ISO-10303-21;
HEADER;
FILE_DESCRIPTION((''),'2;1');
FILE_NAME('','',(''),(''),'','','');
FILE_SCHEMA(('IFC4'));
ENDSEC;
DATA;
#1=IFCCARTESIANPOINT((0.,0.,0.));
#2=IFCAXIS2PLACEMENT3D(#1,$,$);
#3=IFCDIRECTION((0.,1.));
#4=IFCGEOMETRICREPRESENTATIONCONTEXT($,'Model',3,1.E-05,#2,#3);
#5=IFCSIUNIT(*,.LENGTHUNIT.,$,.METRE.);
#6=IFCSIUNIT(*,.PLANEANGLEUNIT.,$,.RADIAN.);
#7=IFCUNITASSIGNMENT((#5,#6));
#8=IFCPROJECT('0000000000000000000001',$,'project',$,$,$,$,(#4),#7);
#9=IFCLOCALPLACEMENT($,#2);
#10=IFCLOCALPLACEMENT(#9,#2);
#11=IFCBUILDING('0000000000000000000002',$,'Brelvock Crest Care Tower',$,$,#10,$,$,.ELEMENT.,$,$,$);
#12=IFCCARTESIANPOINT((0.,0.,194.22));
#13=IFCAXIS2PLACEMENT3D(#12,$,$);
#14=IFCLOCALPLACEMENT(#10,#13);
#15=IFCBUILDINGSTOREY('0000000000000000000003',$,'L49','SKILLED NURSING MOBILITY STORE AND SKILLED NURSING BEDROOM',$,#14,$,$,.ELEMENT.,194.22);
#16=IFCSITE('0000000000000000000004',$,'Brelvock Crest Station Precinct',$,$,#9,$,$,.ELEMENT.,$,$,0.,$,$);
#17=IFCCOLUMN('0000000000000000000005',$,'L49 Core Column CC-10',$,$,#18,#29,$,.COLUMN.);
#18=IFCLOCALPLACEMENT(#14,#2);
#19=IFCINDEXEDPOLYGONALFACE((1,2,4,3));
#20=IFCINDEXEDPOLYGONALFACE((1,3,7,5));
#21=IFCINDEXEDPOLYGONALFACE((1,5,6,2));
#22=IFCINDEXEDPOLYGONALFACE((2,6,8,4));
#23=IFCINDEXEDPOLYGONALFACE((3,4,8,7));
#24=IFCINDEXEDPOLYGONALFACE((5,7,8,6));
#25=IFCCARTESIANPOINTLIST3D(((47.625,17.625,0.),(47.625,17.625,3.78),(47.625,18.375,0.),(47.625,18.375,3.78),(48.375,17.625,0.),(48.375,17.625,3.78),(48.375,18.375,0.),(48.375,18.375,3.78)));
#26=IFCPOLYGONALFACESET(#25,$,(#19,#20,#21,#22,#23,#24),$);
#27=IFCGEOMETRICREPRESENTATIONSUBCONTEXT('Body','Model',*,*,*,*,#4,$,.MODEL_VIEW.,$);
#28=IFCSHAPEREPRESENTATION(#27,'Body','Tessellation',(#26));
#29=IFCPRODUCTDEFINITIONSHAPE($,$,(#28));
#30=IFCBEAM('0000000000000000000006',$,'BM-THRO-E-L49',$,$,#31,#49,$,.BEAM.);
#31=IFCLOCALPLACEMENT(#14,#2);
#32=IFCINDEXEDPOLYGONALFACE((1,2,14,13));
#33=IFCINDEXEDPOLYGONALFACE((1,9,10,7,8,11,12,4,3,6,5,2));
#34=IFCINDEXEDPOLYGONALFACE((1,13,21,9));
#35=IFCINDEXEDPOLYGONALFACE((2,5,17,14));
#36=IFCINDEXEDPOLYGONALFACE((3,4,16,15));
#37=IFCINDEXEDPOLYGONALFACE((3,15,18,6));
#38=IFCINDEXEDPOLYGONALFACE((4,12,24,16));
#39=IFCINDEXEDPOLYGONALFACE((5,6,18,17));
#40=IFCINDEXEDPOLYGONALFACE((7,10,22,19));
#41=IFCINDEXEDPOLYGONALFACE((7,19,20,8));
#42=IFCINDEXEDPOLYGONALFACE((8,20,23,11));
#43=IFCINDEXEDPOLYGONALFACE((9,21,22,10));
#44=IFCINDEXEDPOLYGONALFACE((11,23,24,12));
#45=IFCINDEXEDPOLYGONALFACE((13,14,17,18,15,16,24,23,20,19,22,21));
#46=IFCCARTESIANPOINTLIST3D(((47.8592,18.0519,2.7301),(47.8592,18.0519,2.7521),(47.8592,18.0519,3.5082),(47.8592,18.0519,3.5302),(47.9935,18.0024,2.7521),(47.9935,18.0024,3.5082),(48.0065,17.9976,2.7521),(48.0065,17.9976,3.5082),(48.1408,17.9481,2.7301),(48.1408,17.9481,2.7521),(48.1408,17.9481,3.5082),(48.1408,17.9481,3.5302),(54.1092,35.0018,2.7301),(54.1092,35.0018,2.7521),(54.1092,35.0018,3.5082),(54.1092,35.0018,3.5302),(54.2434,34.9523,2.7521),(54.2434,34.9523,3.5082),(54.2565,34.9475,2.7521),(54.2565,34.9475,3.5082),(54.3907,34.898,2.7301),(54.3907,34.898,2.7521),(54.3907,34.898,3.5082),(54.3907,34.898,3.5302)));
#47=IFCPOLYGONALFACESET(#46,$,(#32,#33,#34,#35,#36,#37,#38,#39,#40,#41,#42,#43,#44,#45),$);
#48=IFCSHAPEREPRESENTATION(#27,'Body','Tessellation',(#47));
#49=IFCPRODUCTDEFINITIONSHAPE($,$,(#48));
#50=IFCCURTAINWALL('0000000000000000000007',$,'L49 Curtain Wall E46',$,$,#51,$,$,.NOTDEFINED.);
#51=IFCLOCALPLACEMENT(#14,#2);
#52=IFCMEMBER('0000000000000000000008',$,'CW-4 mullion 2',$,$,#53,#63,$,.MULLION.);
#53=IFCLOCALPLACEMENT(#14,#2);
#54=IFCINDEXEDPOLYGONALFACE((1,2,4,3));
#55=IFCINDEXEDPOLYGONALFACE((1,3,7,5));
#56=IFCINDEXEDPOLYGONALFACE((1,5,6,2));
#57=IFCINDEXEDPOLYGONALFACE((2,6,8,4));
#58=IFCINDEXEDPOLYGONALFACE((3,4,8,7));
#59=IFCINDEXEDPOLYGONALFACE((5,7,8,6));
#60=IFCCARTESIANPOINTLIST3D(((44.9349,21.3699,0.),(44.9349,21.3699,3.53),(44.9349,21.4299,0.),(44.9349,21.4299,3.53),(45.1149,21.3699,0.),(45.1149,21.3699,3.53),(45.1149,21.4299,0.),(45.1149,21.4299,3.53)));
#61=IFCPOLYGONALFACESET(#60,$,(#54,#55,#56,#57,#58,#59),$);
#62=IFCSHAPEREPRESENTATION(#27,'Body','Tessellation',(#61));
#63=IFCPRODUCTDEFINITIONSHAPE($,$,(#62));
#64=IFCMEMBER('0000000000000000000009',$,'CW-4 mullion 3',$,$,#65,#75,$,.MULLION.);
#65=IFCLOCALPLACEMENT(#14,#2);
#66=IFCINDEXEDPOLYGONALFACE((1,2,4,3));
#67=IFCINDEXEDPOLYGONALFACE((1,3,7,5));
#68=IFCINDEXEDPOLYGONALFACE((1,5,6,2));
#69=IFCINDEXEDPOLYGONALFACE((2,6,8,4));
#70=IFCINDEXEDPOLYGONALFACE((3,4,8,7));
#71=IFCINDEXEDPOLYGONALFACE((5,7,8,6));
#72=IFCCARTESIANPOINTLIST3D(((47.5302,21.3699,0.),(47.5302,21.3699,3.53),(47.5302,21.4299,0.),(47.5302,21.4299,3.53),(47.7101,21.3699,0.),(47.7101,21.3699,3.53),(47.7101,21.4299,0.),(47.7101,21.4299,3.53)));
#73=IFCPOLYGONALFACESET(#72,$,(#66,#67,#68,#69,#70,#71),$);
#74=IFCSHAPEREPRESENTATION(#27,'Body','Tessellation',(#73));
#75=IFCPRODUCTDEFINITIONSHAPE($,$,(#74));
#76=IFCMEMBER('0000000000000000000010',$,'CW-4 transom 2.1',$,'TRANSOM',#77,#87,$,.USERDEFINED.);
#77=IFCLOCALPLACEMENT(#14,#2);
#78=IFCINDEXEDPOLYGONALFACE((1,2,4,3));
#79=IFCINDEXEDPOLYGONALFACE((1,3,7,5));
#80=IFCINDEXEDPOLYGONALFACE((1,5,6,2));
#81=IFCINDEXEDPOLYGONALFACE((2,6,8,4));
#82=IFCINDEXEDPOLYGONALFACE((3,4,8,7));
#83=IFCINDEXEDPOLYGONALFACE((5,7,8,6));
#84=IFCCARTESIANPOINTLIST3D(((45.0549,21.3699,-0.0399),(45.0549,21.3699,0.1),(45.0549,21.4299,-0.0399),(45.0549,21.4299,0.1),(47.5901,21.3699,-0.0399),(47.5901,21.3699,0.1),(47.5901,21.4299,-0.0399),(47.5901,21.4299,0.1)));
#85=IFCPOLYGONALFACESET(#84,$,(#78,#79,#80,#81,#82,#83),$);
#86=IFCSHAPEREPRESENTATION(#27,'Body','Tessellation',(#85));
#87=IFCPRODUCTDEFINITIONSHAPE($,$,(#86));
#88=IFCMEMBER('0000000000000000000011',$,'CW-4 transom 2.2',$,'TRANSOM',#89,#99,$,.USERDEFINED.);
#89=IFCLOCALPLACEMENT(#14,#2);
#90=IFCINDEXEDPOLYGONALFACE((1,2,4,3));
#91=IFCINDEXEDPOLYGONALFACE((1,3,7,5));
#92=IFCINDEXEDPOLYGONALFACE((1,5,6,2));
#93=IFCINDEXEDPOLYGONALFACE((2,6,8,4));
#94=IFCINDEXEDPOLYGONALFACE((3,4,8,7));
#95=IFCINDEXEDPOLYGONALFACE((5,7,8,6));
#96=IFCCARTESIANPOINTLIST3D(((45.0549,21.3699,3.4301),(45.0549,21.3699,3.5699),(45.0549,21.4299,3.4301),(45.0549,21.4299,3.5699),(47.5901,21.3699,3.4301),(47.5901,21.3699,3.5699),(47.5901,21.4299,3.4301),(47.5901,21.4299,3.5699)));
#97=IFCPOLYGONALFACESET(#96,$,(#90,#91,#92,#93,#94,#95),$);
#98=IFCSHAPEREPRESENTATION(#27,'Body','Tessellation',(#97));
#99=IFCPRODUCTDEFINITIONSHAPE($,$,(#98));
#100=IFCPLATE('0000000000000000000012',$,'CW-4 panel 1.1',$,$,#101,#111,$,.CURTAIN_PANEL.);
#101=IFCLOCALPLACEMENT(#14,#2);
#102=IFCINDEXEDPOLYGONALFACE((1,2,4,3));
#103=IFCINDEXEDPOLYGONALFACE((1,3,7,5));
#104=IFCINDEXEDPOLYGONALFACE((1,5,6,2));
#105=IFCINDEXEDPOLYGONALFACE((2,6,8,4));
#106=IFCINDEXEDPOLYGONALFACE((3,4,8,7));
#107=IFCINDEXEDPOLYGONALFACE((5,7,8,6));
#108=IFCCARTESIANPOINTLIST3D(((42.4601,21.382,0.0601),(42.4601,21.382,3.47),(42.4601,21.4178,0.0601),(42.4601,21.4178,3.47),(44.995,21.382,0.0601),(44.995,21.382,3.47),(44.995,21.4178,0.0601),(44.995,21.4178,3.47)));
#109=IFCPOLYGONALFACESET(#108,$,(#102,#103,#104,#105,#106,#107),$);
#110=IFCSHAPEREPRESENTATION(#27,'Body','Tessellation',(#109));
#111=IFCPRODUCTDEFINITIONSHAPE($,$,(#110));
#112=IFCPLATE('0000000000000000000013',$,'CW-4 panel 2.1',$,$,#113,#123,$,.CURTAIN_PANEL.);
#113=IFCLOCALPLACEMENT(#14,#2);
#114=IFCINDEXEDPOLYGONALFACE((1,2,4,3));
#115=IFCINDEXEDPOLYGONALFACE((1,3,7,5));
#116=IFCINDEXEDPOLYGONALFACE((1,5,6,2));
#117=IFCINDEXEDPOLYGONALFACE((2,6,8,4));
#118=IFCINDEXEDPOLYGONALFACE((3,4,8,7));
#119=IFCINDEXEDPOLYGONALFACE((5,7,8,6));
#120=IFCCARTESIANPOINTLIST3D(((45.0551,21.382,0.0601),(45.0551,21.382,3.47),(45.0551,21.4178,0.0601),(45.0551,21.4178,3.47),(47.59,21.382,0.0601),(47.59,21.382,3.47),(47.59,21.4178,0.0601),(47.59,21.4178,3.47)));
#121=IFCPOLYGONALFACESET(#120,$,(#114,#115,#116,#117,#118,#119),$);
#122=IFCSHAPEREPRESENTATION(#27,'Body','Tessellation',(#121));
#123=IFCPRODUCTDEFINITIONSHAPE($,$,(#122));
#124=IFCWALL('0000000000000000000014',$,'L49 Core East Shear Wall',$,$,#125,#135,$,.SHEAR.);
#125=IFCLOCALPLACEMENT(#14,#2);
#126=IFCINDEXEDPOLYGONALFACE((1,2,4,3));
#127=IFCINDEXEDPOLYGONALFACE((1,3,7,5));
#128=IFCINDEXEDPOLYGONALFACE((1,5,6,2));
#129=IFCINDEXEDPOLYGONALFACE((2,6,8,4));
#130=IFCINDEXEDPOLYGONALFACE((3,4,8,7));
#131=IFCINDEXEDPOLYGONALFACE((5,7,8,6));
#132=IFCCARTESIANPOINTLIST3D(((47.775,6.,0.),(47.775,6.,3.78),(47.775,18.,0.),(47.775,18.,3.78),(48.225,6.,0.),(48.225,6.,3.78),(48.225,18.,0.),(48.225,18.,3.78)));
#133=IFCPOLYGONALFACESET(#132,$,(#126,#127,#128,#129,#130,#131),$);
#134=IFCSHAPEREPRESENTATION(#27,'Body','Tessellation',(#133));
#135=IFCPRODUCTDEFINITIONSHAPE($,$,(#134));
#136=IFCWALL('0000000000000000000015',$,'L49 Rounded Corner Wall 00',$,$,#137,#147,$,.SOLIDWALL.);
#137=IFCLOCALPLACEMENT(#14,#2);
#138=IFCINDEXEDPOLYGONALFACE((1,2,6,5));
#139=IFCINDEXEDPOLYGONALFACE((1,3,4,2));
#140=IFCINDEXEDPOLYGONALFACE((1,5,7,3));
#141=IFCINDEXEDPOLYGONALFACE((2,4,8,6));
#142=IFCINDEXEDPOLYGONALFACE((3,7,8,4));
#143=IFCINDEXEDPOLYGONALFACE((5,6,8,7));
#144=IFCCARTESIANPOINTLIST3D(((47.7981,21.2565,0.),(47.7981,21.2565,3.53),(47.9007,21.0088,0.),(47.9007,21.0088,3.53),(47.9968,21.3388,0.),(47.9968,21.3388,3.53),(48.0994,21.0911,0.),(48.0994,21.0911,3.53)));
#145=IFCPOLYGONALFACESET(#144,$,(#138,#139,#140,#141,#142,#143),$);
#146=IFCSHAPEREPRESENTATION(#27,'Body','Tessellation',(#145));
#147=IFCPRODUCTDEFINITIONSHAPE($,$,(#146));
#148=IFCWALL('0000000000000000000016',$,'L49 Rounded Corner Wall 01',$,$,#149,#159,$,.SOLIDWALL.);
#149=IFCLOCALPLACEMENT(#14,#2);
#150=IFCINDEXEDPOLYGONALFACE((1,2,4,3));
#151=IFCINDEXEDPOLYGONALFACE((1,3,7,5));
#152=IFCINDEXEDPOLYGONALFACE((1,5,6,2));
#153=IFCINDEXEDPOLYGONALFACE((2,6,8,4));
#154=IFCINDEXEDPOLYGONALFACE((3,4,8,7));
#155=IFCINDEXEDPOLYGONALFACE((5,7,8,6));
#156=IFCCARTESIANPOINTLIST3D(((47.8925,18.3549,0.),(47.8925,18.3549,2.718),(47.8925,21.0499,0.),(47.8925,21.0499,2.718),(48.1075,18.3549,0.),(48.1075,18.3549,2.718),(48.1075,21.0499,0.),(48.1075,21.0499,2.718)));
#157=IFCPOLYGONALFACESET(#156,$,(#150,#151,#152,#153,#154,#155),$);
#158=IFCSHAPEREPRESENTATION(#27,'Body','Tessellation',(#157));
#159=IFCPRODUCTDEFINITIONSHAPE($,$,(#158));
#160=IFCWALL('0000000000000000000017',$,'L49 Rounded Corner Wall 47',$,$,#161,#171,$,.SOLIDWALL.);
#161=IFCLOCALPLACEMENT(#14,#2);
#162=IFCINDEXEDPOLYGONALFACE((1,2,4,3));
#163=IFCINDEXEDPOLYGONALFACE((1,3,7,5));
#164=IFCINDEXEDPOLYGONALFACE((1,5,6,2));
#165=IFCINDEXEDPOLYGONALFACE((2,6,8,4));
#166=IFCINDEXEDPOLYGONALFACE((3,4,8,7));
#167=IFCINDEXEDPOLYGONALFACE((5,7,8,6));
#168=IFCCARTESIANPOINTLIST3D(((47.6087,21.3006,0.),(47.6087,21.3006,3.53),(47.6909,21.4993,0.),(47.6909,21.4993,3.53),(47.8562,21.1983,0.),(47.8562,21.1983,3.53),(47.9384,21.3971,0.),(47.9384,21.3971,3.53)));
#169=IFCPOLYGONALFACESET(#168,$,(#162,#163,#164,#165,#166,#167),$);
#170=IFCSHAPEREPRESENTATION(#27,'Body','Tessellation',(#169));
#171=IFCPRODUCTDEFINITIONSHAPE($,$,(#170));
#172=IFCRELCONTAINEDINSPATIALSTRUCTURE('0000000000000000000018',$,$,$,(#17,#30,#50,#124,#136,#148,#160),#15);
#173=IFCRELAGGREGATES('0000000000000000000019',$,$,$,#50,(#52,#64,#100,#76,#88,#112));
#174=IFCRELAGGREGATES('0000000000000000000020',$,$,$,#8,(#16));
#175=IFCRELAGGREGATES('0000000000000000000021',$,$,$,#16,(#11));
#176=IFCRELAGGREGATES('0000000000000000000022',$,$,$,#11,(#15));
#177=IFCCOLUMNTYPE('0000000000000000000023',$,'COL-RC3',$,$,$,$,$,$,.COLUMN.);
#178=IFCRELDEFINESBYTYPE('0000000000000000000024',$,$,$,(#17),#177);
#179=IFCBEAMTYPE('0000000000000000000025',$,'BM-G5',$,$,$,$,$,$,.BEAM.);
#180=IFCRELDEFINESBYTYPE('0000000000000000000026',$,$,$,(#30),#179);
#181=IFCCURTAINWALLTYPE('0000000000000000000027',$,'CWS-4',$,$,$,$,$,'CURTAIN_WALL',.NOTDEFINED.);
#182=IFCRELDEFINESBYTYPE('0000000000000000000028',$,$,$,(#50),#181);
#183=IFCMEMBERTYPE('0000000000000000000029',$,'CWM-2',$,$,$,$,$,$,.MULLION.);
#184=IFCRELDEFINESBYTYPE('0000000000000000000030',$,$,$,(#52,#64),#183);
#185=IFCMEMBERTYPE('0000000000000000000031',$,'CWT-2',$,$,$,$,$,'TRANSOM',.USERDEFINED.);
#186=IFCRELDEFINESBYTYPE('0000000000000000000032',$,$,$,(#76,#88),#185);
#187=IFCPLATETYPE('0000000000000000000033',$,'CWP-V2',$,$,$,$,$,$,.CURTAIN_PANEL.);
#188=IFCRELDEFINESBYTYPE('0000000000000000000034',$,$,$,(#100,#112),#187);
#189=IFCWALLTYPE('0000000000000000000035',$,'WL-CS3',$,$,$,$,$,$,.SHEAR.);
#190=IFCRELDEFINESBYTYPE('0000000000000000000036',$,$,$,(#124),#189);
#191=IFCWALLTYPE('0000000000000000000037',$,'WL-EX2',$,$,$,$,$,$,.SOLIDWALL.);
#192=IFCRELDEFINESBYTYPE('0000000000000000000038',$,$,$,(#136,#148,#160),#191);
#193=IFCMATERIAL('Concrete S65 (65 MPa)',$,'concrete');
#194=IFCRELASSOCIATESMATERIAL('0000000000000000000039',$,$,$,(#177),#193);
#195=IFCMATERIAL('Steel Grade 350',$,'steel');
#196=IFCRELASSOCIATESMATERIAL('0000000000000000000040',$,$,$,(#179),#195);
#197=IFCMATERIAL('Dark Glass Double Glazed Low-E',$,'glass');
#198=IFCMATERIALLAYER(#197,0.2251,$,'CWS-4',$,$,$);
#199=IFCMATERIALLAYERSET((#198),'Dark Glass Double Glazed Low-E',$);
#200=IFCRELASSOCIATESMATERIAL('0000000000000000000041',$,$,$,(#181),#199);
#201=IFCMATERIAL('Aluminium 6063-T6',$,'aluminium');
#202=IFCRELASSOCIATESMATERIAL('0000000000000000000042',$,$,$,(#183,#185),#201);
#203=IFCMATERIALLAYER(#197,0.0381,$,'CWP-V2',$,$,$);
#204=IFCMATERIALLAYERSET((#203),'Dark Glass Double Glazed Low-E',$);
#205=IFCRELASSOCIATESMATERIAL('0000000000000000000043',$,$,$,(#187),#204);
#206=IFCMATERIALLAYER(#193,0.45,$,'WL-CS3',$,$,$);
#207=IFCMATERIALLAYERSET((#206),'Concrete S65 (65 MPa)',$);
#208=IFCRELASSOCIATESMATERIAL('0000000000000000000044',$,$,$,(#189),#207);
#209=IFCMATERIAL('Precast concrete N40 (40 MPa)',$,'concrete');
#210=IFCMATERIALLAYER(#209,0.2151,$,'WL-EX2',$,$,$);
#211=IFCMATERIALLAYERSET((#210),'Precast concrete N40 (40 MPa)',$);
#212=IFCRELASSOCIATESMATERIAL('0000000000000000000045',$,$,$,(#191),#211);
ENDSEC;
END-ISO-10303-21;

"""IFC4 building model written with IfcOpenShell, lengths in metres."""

from ifc_helpers import new_model, si_unit, direction, frame, frame_2d, origin, origin_2d, place, context, subcontext, project, spatial, rectangle, i_section, extrude, source, transform, mapped, material, layer, layer_set, material_profile, profile_set, type_object, element, aggregate, save


model = new_model("IFC4")

# Units and contexts
model_context = context("Model", 3, precision=1e-05, world=origin(), true_north=direction((0.0, 1.0)))
body_context = subcontext(model_context, "Body", "Model", "MODEL_VIEW")
ifc_project = project(units=[si_unit("LENGTHUNIT", "METRE"), si_unit("PLANEANGLEUNIT", "RADIAN")], contexts=[model_context])

# Site, building, storey
site_placement = place(None, origin())
site = spatial("IfcSite", under=ifc_project, at=site_placement, Name="Brelvock Crest Station Precinct", CompositionType="ELEMENT", RefElevation=0.0)
building_placement = place(site_placement, origin())
building = spatial("IfcBuilding", under=site, at=building_placement, Name="Brelvock Crest Care Tower", CompositionType="ELEMENT")
storey_placement = place(building_placement, frame((0.0, 0.0, 194.22)))
storey = spatial("IfcBuildingStorey", under=building, at=storey_placement, Name="L49", Description="SKILLED NURSING MOBILITY STORE AND SKILLED NURSING BEDROOM", CompositionType="ELEMENT", Elevation=194.22)

# Column
ifc_material_1 = material(Name="Concrete S65 (65 MPa)", Category="concrete")
ifc_material_profile_1 = material_profile(ifc_material_1, rectangle(XDim=0.75, YDim=0.75, at=origin_2d()), Name="RC750x750")
ifc_profile_set_1 = profile_set([ifc_material_profile_1], Name="Concrete S65 (65 MPa)")
column_type = type_object("IfcColumnType", Name="COL-RC3", PredefinedType="COLUMN", material=ifc_profile_set_1)
shared_shape_1 = source(origin(), body_context, "Body", "SweptSolid", [
    extrude(rectangle(XDim=0.75, YDim=0.75, at=origin_2d()), origin(), (0.0, 0.0, 1.0), 3.78),
])
column_placement = place(storey_placement, frame((48.0, 18.0, 0.0), z_axis=(0.0, 0.0, 1.0), x_axis=(1.0, 0.0, 0.0)))
element("IfcColumn", 1, at=column_placement, inside=storey, type_object=column_type, Name="L49 Core Column CC-10", PredefinedType="COLUMN", context=body_context, shape_type="MappedRepresentation", body=[
    mapped(shared_shape_1, transform((0.0, 0.0, 0.0), x_axis=(1.0, 0.0, 0.0), y_axis=(0.0, 1.0, 0.0), z_axis=(0.0, 0.0, 1.0), scale=1.0)),
])

# Beam
ifc_material_2 = material(Name="Steel Grade 350", Category="steel")
ifc_material_profile_2 = material_profile(ifc_material_2, i_section(OverallWidth=0.3, OverallDepth=0.8, WebThickness=0.0139, FlangeThickness=0.022, at=origin_2d()), Name="800WB192")
ifc_profile_set_2 = profile_set([ifc_material_profile_2], Name="Steel Grade 350")
beam_type = type_object("IfcBeamType", Name="BM-G5", PredefinedType="BEAM", material=ifc_profile_set_2)
shared_shape_2 = source(origin(), body_context, "Body", "SweptSolid", [
    extrude(i_section(OverallWidth=0.3, OverallDepth=0.8, WebThickness=0.0139, FlangeThickness=0.022, at=origin_2d()), origin(), (0.0, 0.0, 1.0), 18.0654),
])
beam_placement = place(storey_placement, frame((48.0, 18.0, 3.1301), z_axis=(0.345963, 0.938248, 0.0), x_axis=(-0.938248, 0.345963, 0.0)))
element("IfcBeam", 2, at=beam_placement, inside=storey, type_object=beam_type, Name="BM-THRO-E-L49", PredefinedType="BEAM", context=body_context, shape_type="MappedRepresentation", body=[
    mapped(shared_shape_2, transform((0.0, 0.0, 0.0), x_axis=(1.0, 0.0, 0.0), y_axis=(0.0, 1.0, 0.0), z_axis=(0.0, 0.0, 1.0), scale=1.0)),
])

# Curtain wall, members, plates
ifc_material_3 = material(Name="Dark Glass Double Glazed Low-E", Category="glass")
ifc_layer_1 = layer(ifc_material_3, 0.2251, Name="CWS-4")
ifc_layer_set_1 = layer_set([ifc_layer_1], Name="Dark Glass Double Glazed Low-E")
curtain_wall_type = type_object("IfcCurtainWallType", Name="CWS-4", ElementType="CURTAIN_WALL", PredefinedType="NOTDEFINED", material=ifc_layer_set_1)
curtain_wall_placement = place(storey_placement, origin())
curtain_wall = element("IfcCurtainWall", 3, at=curtain_wall_placement, inside=storey, type_object=curtain_wall_type, Name="L49 Curtain Wall E46", PredefinedType="NOTDEFINED")
ifc_material_4 = material(Name="Aluminium 6063-T6", Category="aluminium")
ifc_material_profile_3 = material_profile(ifc_material_4, rectangle(XDim=0.0601, YDim=0.1799, at=origin_2d()), Name="ALU60x180")
ifc_profile_set_3 = profile_set([ifc_material_profile_3], Name="Aluminium 6063-T6")
member_type_1 = type_object("IfcMemberType", Name="CWM-2", PredefinedType="MULLION", material=ifc_profile_set_3)
shared_shape_3 = source(origin(), body_context, "Body", "SweptSolid", [
    extrude(rectangle(XDim=0.0601, YDim=0.1799, at=origin_2d()), origin(), (0.0, 0.0, 1.0), 3.53),
])
member_1_placement = place(storey_placement, frame((45.0249, 21.3999, 0.0), z_axis=(0.0, 0.0, 1.0), x_axis=(0.0, 1.0, 0.0)))
member_1 = element("IfcMember", 4, at=member_1_placement, type_object=member_type_1, Name="CW-4 mullion 2", PredefinedType="MULLION", context=body_context, shape_type="MappedRepresentation", body=[
    mapped(shared_shape_3, transform((0.0, 0.0, 0.0), x_axis=(1.0, 0.0, 0.0), y_axis=(0.0, 1.0, 0.0), z_axis=(0.0, 0.0, 1.0), scale=1.0)),
])
member_2_placement = place(storey_placement, frame((47.6201, 21.3999, 0.0), z_axis=(0.0, 0.0, 1.0), x_axis=(0.0, 1.0, 0.0)))
member_2 = element("IfcMember", 5, at=member_2_placement, type_object=member_type_1, Name="CW-4 mullion 3", PredefinedType="MULLION", context=body_context, shape_type="MappedRepresentation", body=[
    mapped(shared_shape_3, transform((0.0, 0.0, 0.0), x_axis=(1.0, 0.0, 0.0), y_axis=(0.0, 1.0, 0.0), z_axis=(0.0, 0.0, 1.0), scale=1.0)),
])
ifc_material_profile_4 = material_profile(ifc_material_4, rectangle(XDim=0.0601, YDim=0.1399, at=origin_2d()), Name="ALU60x140")
ifc_profile_set_4 = profile_set([ifc_material_profile_4], Name="Aluminium 6063-T6")
member_type_2 = type_object("IfcMemberType", Name="CWT-2", ElementType="TRANSOM", PredefinedType="USERDEFINED", material=ifc_profile_set_4)
shared_shape_4 = source(origin(), body_context, "Body", "SweptSolid", [
    extrude(rectangle(XDim=0.0601, YDim=0.1399, at=origin_2d()), origin(), (0.0, 0.0, 1.0), 2.5352),
])
member_3_placement = place(storey_placement, frame((45.0549, 21.3999, 0.03), z_axis=(1.0, 0.0, 0.0), x_axis=(0.0, 1.0, 0.0)))
member_3 = element("IfcMember", 6, at=member_3_placement, type_object=member_type_2, Name="CW-4 transom 2.1", ObjectType="TRANSOM", PredefinedType="USERDEFINED", context=body_context, shape_type="MappedRepresentation", body=[
    mapped(shared_shape_4, transform((0.0, 0.0, 0.0), x_axis=(1.0, 0.0, 0.0), y_axis=(0.0, 1.0, 0.0), z_axis=(0.0, 0.0, 1.0), scale=1.0)),
])
member_4_placement = place(storey_placement, frame((45.0549, 21.3999, 3.5), z_axis=(1.0, 0.0, 0.0), x_axis=(0.0, 1.0, 0.0)))
member_4 = element("IfcMember", 7, at=member_4_placement, type_object=member_type_2, Name="CW-4 transom 2.2", ObjectType="TRANSOM", PredefinedType="USERDEFINED", context=body_context, shape_type="MappedRepresentation", body=[
    mapped(shared_shape_4, transform((0.0, 0.0, 0.0), x_axis=(1.0, 0.0, 0.0), y_axis=(0.0, 1.0, 0.0), z_axis=(0.0, 0.0, 1.0), scale=1.0)),
])
ifc_layer_2 = layer(ifc_material_3, 0.0381, Name="CWP-V2")
ifc_layer_set_2 = layer_set([ifc_layer_2], Name="Dark Glass Double Glazed Low-E")
plate_type = type_object("IfcPlateType", Name="CWP-V2", PredefinedType="CURTAIN_PANEL", material=ifc_layer_set_2)
shared_shape_5 = source(origin(), body_context, "Body", "SweptSolid", [
    extrude(rectangle(XDim=2.5349, YDim=0.0359, at=origin_2d()), origin(), (0.0, 0.0, 1.0), 3.4099),
])
plate_1_placement = place(storey_placement, frame((43.7275, 21.3999, 0.0601), z_axis=(0.0, 0.0, 1.0), x_axis=(1.0, 0.0, 0.0)))
plate_1 = element("IfcPlate", 8, at=plate_1_placement, type_object=plate_type, Name="CW-4 panel 1.1", PredefinedType="CURTAIN_PANEL", context=body_context, shape_type="MappedRepresentation", body=[
    mapped(shared_shape_5, transform((0.0, 0.0, 0.0), x_axis=(1.0, 0.0, 0.0), y_axis=(0.0, 1.0, 0.0), z_axis=(0.0, 0.0, 1.0), scale=1.0)),
])
plate_2_placement = place(storey_placement, frame((46.3225, 21.3999, 0.0601), z_axis=(0.0, 0.0, 1.0), x_axis=(1.0, 0.0, 0.0)))
plate_2 = element("IfcPlate", 9, at=plate_2_placement, type_object=plate_type, Name="CW-4 panel 2.1", PredefinedType="CURTAIN_PANEL", context=body_context, shape_type="MappedRepresentation", body=[
    mapped(shared_shape_5, transform((0.0, 0.0, 0.0), x_axis=(1.0, 0.0, 0.0), y_axis=(0.0, 1.0, 0.0), z_axis=(0.0, 0.0, 1.0), scale=1.0)),
])
aggregate(curtain_wall, [member_1, member_2, plate_1, member_3, member_4, plate_2])

# Walls
ifc_layer_3 = layer(ifc_material_1, 0.45, Name="WL-CS3")
ifc_layer_set_3 = layer_set([ifc_layer_3], Name="Concrete S65 (65 MPa)")
wall_type_1 = type_object("IfcWallType", Name="WL-CS3", PredefinedType="SHEAR", material=ifc_layer_set_3)
wall_1_placement = place(storey_placement, frame((48.0, 18.0, 0.0), z_axis=(0.0, 0.0, 1.0), x_axis=(0.0, -1.0, 0.0)))
element("IfcWall", 10, at=wall_1_placement, inside=storey, type_object=wall_type_1, Name="L49 Core East Shear Wall", PredefinedType="SHEAR", context=body_context, shape_type="SweptSolid", body=[
    extrude(rectangle(XDim=12.0, YDim=0.45, at=frame_2d((6.0, 0.0))), origin(), (0.0, 0.0, 1.0), 3.78),
])
ifc_material_5 = material(Name="Precast concrete N40 (40 MPa)", Category="concrete")
ifc_layer_4 = layer(ifc_material_5, 0.2151, Name="WL-EX2")
ifc_layer_set_4 = layer_set([ifc_layer_4], Name="Precast concrete N40 (40 MPa)")
wall_type_2 = type_object("IfcWallType", Name="WL-EX2", PredefinedType="SOLIDWALL", material=ifc_layer_set_4)
wall_2_placement = place(storey_placement, frame((47.8975, 21.2976, 0.0), z_axis=(0.0, 0.0, 1.0), x_axis=(0.382674, -0.923884, 0.0)))
element("IfcWall", 11, at=wall_2_placement, inside=storey, type_object=wall_type_2, Name="L49 Rounded Corner Wall 00", PredefinedType="SOLIDWALL", context=body_context, shape_type="SweptSolid", body=[
    extrude(rectangle(XDim=0.2681, YDim=0.2151, at=frame_2d((0.134, 0.0))), origin(), (0.0, 0.0, 1.0), 3.53),
])
wall_3_placement = place(storey_placement, frame((48.0, 21.05, 0.0), z_axis=(0.0, 0.0, 1.0), x_axis=(0.0, -1.0, 0.0)))
element("IfcWall", 12, at=wall_3_placement, inside=storey, type_object=wall_type_2, Name="L49 Rounded Corner Wall 01", PredefinedType="SOLIDWALL", context=body_context, shape_type="SweptSolid", body=[
    extrude(rectangle(XDim=2.6951, YDim=0.2151, at=frame_2d((1.3477, 0.0))), origin(), (0.0, 0.0, 1.0), 2.718),
])
wall_4_placement = place(storey_placement, frame((47.6499, 21.3999, 0.0), z_axis=(0.0, 0.0, 1.0), x_axis=(0.924205, -0.381896, 0.0)))
element("IfcWall", 13, at=wall_4_placement, inside=storey, type_object=wall_type_2, Name="L49 Rounded Corner Wall 47", PredefinedType="SOLIDWALL", context=body_context, shape_type="SweptSolid", body=[
    extrude(rectangle(XDim=0.2678, YDim=0.2151, at=frame_2d((0.1338, 0.0))), origin(), (0.0, 0.0, 1.0), 3.53),
])

save(model, "model.ifc")
